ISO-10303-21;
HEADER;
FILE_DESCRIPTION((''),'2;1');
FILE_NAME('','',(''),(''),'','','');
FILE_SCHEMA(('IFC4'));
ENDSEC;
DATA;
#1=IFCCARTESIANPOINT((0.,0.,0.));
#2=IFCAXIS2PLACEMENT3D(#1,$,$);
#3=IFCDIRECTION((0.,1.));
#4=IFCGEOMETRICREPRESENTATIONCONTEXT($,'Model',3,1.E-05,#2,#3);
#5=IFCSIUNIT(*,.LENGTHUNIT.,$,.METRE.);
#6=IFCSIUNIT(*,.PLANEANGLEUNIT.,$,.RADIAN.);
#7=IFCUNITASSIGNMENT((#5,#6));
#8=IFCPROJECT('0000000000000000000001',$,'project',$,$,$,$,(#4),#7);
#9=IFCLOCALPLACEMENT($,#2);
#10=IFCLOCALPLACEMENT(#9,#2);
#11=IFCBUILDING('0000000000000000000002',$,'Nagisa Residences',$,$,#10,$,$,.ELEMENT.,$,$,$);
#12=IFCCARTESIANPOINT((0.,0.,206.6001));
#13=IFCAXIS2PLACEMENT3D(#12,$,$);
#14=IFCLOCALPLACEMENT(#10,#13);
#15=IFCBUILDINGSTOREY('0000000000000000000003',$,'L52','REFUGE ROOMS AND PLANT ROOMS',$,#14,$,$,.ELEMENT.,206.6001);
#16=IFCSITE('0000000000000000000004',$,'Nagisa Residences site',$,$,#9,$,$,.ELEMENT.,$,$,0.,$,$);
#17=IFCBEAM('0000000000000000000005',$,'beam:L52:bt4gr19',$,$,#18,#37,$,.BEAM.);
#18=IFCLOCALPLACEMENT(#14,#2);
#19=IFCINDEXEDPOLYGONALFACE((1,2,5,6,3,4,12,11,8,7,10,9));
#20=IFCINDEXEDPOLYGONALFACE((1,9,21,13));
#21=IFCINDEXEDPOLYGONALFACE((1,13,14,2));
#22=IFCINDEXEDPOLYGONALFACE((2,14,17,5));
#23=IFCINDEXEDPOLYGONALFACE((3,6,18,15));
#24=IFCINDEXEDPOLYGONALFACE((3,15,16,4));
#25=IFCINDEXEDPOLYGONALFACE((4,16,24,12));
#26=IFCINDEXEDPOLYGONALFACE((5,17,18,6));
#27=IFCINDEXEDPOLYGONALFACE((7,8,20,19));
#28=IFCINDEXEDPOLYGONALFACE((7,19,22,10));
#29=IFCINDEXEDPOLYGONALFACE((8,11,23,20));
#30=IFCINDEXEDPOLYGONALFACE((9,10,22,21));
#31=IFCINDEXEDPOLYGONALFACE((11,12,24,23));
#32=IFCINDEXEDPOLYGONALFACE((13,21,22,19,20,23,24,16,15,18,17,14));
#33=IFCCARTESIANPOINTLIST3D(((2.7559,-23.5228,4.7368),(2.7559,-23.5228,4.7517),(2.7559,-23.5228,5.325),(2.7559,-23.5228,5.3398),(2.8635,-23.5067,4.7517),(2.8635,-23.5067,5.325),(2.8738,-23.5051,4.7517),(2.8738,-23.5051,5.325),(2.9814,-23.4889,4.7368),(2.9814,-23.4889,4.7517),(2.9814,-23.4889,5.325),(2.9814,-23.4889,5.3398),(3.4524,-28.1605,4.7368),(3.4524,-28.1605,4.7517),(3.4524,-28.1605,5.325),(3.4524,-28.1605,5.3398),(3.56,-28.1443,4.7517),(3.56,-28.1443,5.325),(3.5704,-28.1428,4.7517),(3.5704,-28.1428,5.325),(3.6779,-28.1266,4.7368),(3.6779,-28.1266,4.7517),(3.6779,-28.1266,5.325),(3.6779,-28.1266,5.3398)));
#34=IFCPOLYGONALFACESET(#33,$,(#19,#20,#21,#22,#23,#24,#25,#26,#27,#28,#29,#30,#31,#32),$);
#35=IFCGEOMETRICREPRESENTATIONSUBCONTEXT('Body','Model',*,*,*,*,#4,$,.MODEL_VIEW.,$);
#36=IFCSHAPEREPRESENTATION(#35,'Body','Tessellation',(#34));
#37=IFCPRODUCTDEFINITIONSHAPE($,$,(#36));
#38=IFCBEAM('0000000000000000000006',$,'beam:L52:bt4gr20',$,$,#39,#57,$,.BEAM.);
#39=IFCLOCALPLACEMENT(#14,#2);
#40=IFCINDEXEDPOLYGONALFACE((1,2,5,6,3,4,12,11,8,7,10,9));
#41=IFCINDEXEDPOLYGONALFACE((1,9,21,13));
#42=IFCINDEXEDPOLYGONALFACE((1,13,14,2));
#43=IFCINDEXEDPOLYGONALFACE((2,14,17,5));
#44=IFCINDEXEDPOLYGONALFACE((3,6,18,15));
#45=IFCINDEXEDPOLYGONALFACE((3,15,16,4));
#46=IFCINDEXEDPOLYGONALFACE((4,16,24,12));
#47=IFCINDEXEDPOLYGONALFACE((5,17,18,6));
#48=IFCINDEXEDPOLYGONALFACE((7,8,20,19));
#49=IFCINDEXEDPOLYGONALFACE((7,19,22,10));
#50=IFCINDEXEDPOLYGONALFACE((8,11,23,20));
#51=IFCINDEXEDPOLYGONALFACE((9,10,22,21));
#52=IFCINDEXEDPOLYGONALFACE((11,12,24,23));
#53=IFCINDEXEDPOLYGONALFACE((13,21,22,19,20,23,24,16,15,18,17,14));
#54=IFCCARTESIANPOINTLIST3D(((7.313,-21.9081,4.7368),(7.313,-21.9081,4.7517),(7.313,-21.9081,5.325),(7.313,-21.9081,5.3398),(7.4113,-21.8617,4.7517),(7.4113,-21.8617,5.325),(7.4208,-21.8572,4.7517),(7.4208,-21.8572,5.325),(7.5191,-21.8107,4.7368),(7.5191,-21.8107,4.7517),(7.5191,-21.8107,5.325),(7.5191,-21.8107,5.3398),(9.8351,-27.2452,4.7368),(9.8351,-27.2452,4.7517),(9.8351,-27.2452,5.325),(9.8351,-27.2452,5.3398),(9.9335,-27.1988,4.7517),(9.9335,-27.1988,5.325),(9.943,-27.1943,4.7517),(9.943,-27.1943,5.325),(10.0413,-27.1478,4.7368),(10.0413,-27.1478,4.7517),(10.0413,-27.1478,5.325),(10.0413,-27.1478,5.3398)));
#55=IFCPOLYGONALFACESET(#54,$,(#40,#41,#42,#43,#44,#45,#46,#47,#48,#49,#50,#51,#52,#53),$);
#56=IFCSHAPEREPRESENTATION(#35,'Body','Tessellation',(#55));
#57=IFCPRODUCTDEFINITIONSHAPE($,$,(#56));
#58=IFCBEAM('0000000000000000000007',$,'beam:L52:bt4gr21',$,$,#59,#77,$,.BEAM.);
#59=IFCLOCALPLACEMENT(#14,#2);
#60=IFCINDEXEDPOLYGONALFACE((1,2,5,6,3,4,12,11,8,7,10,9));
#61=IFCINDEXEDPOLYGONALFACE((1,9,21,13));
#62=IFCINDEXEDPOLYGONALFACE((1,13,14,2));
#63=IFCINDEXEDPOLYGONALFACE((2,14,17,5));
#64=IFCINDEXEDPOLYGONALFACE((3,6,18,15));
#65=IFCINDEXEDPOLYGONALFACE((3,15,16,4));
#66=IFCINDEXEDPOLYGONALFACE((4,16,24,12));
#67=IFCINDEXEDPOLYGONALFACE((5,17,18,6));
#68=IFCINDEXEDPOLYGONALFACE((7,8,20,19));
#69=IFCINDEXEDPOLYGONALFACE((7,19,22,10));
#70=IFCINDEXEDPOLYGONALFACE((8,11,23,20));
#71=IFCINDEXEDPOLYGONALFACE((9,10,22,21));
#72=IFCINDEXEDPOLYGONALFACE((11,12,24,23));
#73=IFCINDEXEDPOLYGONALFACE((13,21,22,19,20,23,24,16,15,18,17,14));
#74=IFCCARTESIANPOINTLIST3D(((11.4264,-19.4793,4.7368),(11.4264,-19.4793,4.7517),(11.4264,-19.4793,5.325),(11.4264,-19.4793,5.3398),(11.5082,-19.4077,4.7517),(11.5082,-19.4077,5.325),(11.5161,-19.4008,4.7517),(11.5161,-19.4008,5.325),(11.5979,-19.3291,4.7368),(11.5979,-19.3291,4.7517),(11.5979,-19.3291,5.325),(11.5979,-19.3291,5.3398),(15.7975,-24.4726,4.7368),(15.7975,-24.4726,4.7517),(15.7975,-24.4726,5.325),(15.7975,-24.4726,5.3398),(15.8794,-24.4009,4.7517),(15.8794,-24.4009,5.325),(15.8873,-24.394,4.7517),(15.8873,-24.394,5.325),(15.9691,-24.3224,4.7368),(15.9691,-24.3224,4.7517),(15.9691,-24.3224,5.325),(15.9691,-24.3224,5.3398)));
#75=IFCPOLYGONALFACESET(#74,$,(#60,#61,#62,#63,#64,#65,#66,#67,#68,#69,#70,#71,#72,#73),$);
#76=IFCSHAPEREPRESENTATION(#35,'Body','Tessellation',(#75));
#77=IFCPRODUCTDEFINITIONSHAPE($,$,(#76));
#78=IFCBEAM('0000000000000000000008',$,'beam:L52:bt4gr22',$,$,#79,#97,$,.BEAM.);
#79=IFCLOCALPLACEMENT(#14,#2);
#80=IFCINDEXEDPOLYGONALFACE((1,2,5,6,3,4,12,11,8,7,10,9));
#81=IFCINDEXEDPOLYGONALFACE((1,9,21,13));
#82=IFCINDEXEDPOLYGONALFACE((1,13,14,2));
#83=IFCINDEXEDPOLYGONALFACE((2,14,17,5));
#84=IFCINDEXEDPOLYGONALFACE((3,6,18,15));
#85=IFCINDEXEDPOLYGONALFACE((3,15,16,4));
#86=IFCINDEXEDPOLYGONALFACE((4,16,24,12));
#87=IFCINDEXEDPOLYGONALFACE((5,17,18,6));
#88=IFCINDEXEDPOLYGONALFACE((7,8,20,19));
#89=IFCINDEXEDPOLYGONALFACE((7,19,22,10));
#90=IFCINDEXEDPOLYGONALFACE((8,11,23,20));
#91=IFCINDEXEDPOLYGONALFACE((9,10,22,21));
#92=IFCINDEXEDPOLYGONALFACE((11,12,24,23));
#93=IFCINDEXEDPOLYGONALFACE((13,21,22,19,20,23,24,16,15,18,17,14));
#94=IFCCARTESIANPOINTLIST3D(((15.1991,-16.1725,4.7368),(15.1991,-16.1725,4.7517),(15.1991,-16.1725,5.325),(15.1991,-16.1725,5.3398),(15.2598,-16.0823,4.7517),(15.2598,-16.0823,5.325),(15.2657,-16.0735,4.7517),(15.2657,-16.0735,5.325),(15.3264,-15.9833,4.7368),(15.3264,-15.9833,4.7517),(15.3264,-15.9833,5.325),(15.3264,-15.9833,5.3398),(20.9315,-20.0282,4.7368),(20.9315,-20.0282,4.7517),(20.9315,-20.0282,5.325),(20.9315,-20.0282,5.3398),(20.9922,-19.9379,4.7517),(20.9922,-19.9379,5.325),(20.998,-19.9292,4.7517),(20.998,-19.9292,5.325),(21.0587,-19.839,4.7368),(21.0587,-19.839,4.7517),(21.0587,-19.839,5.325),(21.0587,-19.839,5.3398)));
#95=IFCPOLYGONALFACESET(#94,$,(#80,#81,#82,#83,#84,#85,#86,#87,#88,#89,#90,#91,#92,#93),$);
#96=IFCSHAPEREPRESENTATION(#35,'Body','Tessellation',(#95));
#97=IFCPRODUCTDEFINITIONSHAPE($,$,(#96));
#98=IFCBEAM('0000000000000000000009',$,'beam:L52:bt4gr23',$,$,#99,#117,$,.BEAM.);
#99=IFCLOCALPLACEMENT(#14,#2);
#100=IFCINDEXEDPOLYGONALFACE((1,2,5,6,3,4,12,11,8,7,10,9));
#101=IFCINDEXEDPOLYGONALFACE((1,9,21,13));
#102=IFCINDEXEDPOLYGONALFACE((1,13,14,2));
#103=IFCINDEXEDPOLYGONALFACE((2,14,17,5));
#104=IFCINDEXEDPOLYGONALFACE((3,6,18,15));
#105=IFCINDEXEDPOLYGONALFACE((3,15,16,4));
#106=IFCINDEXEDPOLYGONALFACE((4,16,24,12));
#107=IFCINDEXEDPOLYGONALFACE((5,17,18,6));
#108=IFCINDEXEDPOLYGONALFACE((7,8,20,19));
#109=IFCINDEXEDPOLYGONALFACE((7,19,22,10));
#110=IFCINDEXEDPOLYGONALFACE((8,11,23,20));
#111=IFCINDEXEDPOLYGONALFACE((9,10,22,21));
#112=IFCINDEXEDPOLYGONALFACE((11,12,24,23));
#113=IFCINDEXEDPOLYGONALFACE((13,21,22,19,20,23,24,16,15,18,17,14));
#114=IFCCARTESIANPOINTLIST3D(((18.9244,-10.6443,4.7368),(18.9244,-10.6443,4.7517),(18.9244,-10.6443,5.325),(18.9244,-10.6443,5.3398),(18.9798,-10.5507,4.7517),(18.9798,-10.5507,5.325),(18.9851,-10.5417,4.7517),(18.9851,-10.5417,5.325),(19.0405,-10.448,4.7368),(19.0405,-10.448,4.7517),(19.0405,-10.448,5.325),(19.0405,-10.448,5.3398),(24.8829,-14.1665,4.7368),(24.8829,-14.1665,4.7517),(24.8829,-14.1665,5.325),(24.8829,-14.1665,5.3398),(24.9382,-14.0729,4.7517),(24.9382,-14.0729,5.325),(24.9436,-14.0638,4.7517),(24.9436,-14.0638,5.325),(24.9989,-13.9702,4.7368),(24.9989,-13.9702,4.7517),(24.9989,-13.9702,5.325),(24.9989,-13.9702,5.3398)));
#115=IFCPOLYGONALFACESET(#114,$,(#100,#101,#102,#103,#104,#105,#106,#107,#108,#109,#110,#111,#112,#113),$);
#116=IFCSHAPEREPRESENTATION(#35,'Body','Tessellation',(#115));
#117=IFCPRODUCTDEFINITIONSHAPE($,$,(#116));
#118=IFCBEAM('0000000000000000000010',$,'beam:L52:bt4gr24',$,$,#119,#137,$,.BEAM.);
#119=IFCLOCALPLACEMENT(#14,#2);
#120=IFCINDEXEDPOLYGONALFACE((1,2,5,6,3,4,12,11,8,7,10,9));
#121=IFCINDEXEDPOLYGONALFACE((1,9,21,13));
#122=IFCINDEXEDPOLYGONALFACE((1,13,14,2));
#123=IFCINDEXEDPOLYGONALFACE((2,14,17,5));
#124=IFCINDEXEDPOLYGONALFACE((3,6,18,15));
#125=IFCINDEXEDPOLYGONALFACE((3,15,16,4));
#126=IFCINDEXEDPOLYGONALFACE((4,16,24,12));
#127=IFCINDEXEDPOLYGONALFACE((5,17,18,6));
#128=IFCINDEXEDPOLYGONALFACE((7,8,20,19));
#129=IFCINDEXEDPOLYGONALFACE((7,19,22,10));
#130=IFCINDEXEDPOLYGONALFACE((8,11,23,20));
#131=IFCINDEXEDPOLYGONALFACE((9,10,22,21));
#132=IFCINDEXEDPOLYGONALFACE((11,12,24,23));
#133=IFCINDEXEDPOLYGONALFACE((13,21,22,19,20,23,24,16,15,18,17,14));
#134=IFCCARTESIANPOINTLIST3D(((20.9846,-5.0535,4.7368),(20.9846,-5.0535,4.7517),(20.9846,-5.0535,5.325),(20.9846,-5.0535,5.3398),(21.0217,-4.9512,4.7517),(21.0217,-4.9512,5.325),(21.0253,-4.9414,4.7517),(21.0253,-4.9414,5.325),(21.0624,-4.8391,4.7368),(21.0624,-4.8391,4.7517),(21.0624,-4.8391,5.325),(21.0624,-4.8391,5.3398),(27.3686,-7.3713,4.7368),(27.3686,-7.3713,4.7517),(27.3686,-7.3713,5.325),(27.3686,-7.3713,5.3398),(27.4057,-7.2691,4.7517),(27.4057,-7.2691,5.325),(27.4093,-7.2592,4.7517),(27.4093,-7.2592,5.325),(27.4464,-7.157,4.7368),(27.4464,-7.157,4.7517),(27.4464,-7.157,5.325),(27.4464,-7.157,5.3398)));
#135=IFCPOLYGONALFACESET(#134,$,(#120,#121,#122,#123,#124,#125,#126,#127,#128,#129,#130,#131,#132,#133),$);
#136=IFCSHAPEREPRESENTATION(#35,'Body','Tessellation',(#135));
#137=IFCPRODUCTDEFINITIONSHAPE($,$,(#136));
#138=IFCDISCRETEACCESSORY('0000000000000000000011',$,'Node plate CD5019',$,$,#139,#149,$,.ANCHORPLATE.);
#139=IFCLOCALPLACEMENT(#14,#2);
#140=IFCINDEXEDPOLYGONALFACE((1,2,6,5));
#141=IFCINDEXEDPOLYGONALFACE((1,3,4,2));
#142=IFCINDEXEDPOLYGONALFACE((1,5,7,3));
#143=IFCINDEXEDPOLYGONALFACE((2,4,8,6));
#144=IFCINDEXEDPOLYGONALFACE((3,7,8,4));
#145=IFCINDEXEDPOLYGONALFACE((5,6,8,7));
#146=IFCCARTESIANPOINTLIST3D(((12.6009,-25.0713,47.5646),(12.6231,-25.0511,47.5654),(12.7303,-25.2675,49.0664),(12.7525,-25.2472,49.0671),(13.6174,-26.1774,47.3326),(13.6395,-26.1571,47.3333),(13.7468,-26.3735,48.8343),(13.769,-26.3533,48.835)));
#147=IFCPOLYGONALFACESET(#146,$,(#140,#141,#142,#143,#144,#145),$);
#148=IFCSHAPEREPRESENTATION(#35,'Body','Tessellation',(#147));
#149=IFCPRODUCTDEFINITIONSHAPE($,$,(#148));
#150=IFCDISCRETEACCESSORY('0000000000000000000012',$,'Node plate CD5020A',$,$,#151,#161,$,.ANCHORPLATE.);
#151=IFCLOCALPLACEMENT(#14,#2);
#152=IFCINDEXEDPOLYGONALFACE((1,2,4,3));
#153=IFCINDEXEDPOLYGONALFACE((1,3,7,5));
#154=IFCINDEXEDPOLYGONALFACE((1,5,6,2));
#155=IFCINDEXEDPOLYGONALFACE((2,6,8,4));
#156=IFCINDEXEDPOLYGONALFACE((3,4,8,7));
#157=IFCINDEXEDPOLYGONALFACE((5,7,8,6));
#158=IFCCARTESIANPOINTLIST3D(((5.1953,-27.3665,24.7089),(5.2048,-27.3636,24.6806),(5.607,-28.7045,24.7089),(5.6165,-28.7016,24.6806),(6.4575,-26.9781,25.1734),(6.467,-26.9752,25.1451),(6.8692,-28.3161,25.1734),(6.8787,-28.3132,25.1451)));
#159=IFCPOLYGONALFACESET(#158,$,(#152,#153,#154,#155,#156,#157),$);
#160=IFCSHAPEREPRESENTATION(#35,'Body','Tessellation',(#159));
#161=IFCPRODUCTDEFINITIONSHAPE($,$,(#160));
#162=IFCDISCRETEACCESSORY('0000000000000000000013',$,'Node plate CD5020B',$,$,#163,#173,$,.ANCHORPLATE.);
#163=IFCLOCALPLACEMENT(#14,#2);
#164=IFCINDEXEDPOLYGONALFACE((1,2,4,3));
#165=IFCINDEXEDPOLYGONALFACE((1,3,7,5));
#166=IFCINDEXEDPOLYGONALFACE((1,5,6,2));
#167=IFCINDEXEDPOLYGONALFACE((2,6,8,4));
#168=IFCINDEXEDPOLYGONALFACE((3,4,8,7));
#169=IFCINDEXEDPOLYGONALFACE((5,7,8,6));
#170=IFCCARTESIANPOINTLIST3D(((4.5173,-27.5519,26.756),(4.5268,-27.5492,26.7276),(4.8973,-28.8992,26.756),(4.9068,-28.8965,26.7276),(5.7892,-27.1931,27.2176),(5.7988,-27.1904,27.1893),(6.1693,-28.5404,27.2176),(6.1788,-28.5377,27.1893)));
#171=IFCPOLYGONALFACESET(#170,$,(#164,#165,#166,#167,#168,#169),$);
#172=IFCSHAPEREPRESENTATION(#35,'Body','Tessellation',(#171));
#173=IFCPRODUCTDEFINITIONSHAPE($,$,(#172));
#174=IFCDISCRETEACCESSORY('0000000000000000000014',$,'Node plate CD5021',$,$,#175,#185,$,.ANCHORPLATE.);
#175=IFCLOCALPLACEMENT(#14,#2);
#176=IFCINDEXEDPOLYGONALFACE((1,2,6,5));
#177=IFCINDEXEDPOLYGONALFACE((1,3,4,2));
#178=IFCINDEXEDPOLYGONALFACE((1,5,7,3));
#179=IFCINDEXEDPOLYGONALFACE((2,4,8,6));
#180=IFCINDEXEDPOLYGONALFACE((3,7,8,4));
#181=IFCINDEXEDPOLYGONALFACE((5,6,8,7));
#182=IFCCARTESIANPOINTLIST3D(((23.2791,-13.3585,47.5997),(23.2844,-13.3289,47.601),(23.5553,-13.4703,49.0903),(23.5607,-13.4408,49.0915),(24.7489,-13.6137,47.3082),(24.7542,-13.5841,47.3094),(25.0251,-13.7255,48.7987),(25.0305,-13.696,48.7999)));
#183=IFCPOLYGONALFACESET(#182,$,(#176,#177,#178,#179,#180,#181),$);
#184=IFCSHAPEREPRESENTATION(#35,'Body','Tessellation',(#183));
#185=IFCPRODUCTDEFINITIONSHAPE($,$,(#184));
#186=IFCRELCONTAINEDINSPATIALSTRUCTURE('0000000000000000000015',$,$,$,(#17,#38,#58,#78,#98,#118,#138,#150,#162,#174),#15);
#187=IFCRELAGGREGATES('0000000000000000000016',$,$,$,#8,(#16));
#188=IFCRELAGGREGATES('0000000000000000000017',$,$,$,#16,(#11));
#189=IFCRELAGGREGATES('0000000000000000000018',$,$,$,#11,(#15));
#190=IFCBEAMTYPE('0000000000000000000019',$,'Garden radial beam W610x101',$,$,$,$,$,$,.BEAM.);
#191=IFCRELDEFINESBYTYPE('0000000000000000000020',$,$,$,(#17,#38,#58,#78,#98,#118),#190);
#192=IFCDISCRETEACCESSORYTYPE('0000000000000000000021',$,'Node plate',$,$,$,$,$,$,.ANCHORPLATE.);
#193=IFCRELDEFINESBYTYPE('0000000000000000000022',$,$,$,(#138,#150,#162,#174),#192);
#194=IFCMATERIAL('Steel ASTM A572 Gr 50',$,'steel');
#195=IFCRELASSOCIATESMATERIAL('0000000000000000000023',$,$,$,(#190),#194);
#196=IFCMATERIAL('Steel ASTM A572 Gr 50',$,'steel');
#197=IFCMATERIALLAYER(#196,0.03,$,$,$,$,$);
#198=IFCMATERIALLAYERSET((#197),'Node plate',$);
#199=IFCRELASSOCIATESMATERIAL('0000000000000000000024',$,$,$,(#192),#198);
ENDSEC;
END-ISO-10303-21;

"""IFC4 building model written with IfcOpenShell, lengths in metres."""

from ifc_helpers import new_model, si_unit, direction, frame, origin, origin_2d, place, context, subcontext, project, spatial, rectangle, i_section, extrude, material, layer, layer_set, material_profile, profile_set, type_object, element, save


model = new_model("IFC4")

# Units and contexts
model_context = context("Model", 3, precision=1e-05, world=origin(), true_north=direction((0.0, 1.0)))
body_context = subcontext(model_context, "Body", "Model", "MODEL_VIEW")
ifc_project = project(units=[si_unit("LENGTHUNIT", "METRE"), si_unit("PLANEANGLEUNIT", "RADIAN")], contexts=[model_context])

# Site, building, storey
site_placement = place(None, origin())
site = spatial("IfcSite", under=ifc_project, at=site_placement, Name="Nagisa Residences site", CompositionType="ELEMENT", RefElevation=0.0)
building_placement = place(site_placement, origin())
building = spatial("IfcBuilding", under=site, at=building_placement, Name="Nagisa Residences", CompositionType="ELEMENT")
storey_placement = place(building_placement, frame((0.0, 0.0, 206.6001)))
storey = spatial("IfcBuildingStorey", under=building, at=storey_placement, Name="L52", Description="REFUGE ROOMS AND PLANT ROOMS", CompositionType="ELEMENT", Elevation=206.6001)

# Beams
ifc_material_1 = material(Name="Steel ASTM A572 Gr 50", Category="steel")
ifc_material_profile_1 = material_profile(ifc_material_1, i_section(OverallWidth=0.228, OverallDepth=0.603, WebThickness=0.0105, FlangeThickness=0.0149, at=origin_2d()), Name="W610x101")
ifc_profile_set_1 = profile_set([ifc_material_profile_1], Name="Steel ASTM A572 Gr 50")
beam_type_1 = type_object("IfcBeamType", Name="Garden radial beam W610x101", PredefinedType="BEAM", material=ifc_profile_set_1)
beam_1_placement = place(storey_placement, frame((3.5652, -28.1436, 5.0383), z_axis=(-0.148524, 0.988909, 0.0), x_axis=(-0.988909, -0.148524, 0.0)))
element("IfcBeam", 1, at=beam_1_placement, inside=storey, type_object=beam_type_1, Name="beam:L52:bt4gr19", PredefinedType="BEAM", context=body_context, shape_type="SweptSolid", body=[
    extrude(i_section(OverallWidth=0.228, OverallDepth=0.603, WebThickness=0.0105, FlangeThickness=0.0149, at=origin_2d()), origin(), (0.0, 0.0, 1.0), 4.6897),
])
beam_2_placement = place(storey_placement, frame((9.9382, -27.1965, 5.0383), z_axis=(-0.427268, 0.904125, 0.0), x_axis=(-0.904125, -0.427268, 0.0)))
element("IfcBeam", 2, at=beam_2_placement, inside=storey, type_object=beam_type_1, Name="beam:L52:bt4gr20", PredefinedType="BEAM", context=body_context, shape_type="SweptSolid", body=[
    extrude(i_section(OverallWidth=0.228, OverallDepth=0.603, WebThickness=0.0105, FlangeThickness=0.0149, at=origin_2d()), origin(), (0.0, 0.0, 1.0), 5.9031),
])
beam_3_placement = place(storey_placement, frame((15.8833, -24.3975, 5.0383), z_axis=(-0.658682, 0.752422, 0.0), x_axis=(-0.752422, -0.658682, 0.0)))
element("IfcBeam", 3, at=beam_3_placement, inside=storey, type_object=beam_type_1, Name="beam:L52:bt4gr21", PredefinedType="BEAM", context=body_context, shape_type="SweptSolid", body=[
    extrude(i_section(OverallWidth=0.228, OverallDepth=0.603, WebThickness=0.0105, FlangeThickness=0.0149, at=origin_2d()), origin(), (0.0, 0.0, 1.0), 6.6362),
])
beam_4_placement = place(storey_placement, frame((20.9951, -19.9336, 5.0383), z_axis=(-0.829765, 0.558113, 0.0), x_axis=(-0.558113, -0.829765, 0.0)))
element("IfcBeam", 4, at=beam_4_placement, inside=storey, type_object=beam_type_1, Name="beam:L52:bt4gr22", PredefinedType="BEAM", context=body_context, shape_type="SweptSolid", body=[
    extrude(i_section(OverallWidth=0.228, OverallDepth=0.603, WebThickness=0.0105, FlangeThickness=0.0149, at=origin_2d()), origin(), (0.0, 0.0, 1.0), 6.9084),
])
beam_5_placement = place(storey_placement, frame((24.9409, -14.0684, 5.0383), z_axis=(-0.860845, 0.508867, 0.0), x_axis=(-0.508867, -0.860845, 0.0)))
element("IfcBeam", 5, at=beam_5_placement, inside=storey, type_object=beam_type_1, Name="beam:L52:bt4gr23", PredefinedType="BEAM", context=body_context, shape_type="SweptSolid", body=[
    extrude(i_section(OverallWidth=0.228, OverallDepth=0.603, WebThickness=0.0105, FlangeThickness=0.0149, at=origin_2d()), origin(), (0.0, 0.0, 1.0), 6.9216),
])
beam_6_placement = place(storey_placement, frame((27.4075, -7.2642, 5.0383), z_axis=(-0.939963, 0.341275, 0.0), x_axis=(-0.341275, -0.939963, 0.0)))
element("IfcBeam", 6, at=beam_6_placement, inside=storey, type_object=beam_type_1, Name="beam:L52:bt4gr24", PredefinedType="BEAM", context=body_context, shape_type="SweptSolid", body=[
    extrude(i_section(OverallWidth=0.228, OverallDepth=0.603, WebThickness=0.0105, FlangeThickness=0.0149, at=origin_2d()), origin(), (0.0, 0.0, 1.0), 6.7917),
])

# Discrete accessories
ifc_material_2 = material(Name="Steel ASTM A572 Gr 50", Category="steel")
ifc_layer = layer(ifc_material_2, 0.03)
ifc_layer_set = layer_set([ifc_layer], Name="Node plate")
discrete_accessory_type = type_object("IfcDiscreteAccessoryType", Name="Node plate", PredefinedType="ANCHORPLATE", material=ifc_layer_set)
discrete_accessory_1_placement = place(storey_placement, frame((13.1738, -25.7224, 48.1995), z_axis=(0.738618, 0.673684, 0.02435), x_axis=(-0.085135, 0.12905, -0.987977)))
element("IfcDiscreteAccessory", 7, at=discrete_accessory_1_placement, inside=storey, type_object=discrete_accessory_type, Name="Node plate CD5019", PredefinedType="ANCHORPLATE", context=body_context, shape_type="SweptSolid", body=[
    extrude(rectangle(XDim=1.52, YDim=1.52, at=origin_2d()), origin(), (0.0, 0.0, 1.0), 0.03),
])
for number, where, z_axis, x_axis, name in (
    (8, (6.0417, -27.8384, 24.9128), (-0.317157, -0.097587, 0.943339), (0.294086, -0.955779, 0.0), "Node plate CD5020A"),
    (9, (5.3433, -28.0461, 26.9868), (0.317399, 0.089523, -0.944057), (-0.27146, 0.96245, 0.0), "Node plate CD5020B"),
):
    element("IfcDiscreteAccessory", number, at=place(storey_placement, frame(where, z_axis=z_axis, x_axis=x_axis)), inside=storey, type_object=discrete_accessory_type, Name=name, PredefinedType="ANCHORPLATE", context=body_context, shape_type="SweptSolid", body=[
        extrude(rectangle(XDim=1.3999, YDim=1.3999, at=origin_2d()), origin(), (0.0, 0.0, 1.0), 0.03),
    ])
discrete_accessory_2_placement = place(storey_placement, frame((24.1575, -13.5125, 48.2004), z_axis=(-0.178738, -0.983058, -0.040622), x_axis=(-0.181742, 0.073564, -0.980591)))
element("IfcDiscreteAccessory", 10, at=discrete_accessory_2_placement, inside=storey, type_object=discrete_accessory_type, Name="Node plate CD5021", PredefinedType="ANCHORPLATE", context=body_context, shape_type="SweptSolid", body=[
    extrude(rectangle(XDim=1.52, YDim=1.52, at=origin_2d()), origin(), (0.0, 0.0, 1.0), 0.03),
])

save(model, "model.ifc")
